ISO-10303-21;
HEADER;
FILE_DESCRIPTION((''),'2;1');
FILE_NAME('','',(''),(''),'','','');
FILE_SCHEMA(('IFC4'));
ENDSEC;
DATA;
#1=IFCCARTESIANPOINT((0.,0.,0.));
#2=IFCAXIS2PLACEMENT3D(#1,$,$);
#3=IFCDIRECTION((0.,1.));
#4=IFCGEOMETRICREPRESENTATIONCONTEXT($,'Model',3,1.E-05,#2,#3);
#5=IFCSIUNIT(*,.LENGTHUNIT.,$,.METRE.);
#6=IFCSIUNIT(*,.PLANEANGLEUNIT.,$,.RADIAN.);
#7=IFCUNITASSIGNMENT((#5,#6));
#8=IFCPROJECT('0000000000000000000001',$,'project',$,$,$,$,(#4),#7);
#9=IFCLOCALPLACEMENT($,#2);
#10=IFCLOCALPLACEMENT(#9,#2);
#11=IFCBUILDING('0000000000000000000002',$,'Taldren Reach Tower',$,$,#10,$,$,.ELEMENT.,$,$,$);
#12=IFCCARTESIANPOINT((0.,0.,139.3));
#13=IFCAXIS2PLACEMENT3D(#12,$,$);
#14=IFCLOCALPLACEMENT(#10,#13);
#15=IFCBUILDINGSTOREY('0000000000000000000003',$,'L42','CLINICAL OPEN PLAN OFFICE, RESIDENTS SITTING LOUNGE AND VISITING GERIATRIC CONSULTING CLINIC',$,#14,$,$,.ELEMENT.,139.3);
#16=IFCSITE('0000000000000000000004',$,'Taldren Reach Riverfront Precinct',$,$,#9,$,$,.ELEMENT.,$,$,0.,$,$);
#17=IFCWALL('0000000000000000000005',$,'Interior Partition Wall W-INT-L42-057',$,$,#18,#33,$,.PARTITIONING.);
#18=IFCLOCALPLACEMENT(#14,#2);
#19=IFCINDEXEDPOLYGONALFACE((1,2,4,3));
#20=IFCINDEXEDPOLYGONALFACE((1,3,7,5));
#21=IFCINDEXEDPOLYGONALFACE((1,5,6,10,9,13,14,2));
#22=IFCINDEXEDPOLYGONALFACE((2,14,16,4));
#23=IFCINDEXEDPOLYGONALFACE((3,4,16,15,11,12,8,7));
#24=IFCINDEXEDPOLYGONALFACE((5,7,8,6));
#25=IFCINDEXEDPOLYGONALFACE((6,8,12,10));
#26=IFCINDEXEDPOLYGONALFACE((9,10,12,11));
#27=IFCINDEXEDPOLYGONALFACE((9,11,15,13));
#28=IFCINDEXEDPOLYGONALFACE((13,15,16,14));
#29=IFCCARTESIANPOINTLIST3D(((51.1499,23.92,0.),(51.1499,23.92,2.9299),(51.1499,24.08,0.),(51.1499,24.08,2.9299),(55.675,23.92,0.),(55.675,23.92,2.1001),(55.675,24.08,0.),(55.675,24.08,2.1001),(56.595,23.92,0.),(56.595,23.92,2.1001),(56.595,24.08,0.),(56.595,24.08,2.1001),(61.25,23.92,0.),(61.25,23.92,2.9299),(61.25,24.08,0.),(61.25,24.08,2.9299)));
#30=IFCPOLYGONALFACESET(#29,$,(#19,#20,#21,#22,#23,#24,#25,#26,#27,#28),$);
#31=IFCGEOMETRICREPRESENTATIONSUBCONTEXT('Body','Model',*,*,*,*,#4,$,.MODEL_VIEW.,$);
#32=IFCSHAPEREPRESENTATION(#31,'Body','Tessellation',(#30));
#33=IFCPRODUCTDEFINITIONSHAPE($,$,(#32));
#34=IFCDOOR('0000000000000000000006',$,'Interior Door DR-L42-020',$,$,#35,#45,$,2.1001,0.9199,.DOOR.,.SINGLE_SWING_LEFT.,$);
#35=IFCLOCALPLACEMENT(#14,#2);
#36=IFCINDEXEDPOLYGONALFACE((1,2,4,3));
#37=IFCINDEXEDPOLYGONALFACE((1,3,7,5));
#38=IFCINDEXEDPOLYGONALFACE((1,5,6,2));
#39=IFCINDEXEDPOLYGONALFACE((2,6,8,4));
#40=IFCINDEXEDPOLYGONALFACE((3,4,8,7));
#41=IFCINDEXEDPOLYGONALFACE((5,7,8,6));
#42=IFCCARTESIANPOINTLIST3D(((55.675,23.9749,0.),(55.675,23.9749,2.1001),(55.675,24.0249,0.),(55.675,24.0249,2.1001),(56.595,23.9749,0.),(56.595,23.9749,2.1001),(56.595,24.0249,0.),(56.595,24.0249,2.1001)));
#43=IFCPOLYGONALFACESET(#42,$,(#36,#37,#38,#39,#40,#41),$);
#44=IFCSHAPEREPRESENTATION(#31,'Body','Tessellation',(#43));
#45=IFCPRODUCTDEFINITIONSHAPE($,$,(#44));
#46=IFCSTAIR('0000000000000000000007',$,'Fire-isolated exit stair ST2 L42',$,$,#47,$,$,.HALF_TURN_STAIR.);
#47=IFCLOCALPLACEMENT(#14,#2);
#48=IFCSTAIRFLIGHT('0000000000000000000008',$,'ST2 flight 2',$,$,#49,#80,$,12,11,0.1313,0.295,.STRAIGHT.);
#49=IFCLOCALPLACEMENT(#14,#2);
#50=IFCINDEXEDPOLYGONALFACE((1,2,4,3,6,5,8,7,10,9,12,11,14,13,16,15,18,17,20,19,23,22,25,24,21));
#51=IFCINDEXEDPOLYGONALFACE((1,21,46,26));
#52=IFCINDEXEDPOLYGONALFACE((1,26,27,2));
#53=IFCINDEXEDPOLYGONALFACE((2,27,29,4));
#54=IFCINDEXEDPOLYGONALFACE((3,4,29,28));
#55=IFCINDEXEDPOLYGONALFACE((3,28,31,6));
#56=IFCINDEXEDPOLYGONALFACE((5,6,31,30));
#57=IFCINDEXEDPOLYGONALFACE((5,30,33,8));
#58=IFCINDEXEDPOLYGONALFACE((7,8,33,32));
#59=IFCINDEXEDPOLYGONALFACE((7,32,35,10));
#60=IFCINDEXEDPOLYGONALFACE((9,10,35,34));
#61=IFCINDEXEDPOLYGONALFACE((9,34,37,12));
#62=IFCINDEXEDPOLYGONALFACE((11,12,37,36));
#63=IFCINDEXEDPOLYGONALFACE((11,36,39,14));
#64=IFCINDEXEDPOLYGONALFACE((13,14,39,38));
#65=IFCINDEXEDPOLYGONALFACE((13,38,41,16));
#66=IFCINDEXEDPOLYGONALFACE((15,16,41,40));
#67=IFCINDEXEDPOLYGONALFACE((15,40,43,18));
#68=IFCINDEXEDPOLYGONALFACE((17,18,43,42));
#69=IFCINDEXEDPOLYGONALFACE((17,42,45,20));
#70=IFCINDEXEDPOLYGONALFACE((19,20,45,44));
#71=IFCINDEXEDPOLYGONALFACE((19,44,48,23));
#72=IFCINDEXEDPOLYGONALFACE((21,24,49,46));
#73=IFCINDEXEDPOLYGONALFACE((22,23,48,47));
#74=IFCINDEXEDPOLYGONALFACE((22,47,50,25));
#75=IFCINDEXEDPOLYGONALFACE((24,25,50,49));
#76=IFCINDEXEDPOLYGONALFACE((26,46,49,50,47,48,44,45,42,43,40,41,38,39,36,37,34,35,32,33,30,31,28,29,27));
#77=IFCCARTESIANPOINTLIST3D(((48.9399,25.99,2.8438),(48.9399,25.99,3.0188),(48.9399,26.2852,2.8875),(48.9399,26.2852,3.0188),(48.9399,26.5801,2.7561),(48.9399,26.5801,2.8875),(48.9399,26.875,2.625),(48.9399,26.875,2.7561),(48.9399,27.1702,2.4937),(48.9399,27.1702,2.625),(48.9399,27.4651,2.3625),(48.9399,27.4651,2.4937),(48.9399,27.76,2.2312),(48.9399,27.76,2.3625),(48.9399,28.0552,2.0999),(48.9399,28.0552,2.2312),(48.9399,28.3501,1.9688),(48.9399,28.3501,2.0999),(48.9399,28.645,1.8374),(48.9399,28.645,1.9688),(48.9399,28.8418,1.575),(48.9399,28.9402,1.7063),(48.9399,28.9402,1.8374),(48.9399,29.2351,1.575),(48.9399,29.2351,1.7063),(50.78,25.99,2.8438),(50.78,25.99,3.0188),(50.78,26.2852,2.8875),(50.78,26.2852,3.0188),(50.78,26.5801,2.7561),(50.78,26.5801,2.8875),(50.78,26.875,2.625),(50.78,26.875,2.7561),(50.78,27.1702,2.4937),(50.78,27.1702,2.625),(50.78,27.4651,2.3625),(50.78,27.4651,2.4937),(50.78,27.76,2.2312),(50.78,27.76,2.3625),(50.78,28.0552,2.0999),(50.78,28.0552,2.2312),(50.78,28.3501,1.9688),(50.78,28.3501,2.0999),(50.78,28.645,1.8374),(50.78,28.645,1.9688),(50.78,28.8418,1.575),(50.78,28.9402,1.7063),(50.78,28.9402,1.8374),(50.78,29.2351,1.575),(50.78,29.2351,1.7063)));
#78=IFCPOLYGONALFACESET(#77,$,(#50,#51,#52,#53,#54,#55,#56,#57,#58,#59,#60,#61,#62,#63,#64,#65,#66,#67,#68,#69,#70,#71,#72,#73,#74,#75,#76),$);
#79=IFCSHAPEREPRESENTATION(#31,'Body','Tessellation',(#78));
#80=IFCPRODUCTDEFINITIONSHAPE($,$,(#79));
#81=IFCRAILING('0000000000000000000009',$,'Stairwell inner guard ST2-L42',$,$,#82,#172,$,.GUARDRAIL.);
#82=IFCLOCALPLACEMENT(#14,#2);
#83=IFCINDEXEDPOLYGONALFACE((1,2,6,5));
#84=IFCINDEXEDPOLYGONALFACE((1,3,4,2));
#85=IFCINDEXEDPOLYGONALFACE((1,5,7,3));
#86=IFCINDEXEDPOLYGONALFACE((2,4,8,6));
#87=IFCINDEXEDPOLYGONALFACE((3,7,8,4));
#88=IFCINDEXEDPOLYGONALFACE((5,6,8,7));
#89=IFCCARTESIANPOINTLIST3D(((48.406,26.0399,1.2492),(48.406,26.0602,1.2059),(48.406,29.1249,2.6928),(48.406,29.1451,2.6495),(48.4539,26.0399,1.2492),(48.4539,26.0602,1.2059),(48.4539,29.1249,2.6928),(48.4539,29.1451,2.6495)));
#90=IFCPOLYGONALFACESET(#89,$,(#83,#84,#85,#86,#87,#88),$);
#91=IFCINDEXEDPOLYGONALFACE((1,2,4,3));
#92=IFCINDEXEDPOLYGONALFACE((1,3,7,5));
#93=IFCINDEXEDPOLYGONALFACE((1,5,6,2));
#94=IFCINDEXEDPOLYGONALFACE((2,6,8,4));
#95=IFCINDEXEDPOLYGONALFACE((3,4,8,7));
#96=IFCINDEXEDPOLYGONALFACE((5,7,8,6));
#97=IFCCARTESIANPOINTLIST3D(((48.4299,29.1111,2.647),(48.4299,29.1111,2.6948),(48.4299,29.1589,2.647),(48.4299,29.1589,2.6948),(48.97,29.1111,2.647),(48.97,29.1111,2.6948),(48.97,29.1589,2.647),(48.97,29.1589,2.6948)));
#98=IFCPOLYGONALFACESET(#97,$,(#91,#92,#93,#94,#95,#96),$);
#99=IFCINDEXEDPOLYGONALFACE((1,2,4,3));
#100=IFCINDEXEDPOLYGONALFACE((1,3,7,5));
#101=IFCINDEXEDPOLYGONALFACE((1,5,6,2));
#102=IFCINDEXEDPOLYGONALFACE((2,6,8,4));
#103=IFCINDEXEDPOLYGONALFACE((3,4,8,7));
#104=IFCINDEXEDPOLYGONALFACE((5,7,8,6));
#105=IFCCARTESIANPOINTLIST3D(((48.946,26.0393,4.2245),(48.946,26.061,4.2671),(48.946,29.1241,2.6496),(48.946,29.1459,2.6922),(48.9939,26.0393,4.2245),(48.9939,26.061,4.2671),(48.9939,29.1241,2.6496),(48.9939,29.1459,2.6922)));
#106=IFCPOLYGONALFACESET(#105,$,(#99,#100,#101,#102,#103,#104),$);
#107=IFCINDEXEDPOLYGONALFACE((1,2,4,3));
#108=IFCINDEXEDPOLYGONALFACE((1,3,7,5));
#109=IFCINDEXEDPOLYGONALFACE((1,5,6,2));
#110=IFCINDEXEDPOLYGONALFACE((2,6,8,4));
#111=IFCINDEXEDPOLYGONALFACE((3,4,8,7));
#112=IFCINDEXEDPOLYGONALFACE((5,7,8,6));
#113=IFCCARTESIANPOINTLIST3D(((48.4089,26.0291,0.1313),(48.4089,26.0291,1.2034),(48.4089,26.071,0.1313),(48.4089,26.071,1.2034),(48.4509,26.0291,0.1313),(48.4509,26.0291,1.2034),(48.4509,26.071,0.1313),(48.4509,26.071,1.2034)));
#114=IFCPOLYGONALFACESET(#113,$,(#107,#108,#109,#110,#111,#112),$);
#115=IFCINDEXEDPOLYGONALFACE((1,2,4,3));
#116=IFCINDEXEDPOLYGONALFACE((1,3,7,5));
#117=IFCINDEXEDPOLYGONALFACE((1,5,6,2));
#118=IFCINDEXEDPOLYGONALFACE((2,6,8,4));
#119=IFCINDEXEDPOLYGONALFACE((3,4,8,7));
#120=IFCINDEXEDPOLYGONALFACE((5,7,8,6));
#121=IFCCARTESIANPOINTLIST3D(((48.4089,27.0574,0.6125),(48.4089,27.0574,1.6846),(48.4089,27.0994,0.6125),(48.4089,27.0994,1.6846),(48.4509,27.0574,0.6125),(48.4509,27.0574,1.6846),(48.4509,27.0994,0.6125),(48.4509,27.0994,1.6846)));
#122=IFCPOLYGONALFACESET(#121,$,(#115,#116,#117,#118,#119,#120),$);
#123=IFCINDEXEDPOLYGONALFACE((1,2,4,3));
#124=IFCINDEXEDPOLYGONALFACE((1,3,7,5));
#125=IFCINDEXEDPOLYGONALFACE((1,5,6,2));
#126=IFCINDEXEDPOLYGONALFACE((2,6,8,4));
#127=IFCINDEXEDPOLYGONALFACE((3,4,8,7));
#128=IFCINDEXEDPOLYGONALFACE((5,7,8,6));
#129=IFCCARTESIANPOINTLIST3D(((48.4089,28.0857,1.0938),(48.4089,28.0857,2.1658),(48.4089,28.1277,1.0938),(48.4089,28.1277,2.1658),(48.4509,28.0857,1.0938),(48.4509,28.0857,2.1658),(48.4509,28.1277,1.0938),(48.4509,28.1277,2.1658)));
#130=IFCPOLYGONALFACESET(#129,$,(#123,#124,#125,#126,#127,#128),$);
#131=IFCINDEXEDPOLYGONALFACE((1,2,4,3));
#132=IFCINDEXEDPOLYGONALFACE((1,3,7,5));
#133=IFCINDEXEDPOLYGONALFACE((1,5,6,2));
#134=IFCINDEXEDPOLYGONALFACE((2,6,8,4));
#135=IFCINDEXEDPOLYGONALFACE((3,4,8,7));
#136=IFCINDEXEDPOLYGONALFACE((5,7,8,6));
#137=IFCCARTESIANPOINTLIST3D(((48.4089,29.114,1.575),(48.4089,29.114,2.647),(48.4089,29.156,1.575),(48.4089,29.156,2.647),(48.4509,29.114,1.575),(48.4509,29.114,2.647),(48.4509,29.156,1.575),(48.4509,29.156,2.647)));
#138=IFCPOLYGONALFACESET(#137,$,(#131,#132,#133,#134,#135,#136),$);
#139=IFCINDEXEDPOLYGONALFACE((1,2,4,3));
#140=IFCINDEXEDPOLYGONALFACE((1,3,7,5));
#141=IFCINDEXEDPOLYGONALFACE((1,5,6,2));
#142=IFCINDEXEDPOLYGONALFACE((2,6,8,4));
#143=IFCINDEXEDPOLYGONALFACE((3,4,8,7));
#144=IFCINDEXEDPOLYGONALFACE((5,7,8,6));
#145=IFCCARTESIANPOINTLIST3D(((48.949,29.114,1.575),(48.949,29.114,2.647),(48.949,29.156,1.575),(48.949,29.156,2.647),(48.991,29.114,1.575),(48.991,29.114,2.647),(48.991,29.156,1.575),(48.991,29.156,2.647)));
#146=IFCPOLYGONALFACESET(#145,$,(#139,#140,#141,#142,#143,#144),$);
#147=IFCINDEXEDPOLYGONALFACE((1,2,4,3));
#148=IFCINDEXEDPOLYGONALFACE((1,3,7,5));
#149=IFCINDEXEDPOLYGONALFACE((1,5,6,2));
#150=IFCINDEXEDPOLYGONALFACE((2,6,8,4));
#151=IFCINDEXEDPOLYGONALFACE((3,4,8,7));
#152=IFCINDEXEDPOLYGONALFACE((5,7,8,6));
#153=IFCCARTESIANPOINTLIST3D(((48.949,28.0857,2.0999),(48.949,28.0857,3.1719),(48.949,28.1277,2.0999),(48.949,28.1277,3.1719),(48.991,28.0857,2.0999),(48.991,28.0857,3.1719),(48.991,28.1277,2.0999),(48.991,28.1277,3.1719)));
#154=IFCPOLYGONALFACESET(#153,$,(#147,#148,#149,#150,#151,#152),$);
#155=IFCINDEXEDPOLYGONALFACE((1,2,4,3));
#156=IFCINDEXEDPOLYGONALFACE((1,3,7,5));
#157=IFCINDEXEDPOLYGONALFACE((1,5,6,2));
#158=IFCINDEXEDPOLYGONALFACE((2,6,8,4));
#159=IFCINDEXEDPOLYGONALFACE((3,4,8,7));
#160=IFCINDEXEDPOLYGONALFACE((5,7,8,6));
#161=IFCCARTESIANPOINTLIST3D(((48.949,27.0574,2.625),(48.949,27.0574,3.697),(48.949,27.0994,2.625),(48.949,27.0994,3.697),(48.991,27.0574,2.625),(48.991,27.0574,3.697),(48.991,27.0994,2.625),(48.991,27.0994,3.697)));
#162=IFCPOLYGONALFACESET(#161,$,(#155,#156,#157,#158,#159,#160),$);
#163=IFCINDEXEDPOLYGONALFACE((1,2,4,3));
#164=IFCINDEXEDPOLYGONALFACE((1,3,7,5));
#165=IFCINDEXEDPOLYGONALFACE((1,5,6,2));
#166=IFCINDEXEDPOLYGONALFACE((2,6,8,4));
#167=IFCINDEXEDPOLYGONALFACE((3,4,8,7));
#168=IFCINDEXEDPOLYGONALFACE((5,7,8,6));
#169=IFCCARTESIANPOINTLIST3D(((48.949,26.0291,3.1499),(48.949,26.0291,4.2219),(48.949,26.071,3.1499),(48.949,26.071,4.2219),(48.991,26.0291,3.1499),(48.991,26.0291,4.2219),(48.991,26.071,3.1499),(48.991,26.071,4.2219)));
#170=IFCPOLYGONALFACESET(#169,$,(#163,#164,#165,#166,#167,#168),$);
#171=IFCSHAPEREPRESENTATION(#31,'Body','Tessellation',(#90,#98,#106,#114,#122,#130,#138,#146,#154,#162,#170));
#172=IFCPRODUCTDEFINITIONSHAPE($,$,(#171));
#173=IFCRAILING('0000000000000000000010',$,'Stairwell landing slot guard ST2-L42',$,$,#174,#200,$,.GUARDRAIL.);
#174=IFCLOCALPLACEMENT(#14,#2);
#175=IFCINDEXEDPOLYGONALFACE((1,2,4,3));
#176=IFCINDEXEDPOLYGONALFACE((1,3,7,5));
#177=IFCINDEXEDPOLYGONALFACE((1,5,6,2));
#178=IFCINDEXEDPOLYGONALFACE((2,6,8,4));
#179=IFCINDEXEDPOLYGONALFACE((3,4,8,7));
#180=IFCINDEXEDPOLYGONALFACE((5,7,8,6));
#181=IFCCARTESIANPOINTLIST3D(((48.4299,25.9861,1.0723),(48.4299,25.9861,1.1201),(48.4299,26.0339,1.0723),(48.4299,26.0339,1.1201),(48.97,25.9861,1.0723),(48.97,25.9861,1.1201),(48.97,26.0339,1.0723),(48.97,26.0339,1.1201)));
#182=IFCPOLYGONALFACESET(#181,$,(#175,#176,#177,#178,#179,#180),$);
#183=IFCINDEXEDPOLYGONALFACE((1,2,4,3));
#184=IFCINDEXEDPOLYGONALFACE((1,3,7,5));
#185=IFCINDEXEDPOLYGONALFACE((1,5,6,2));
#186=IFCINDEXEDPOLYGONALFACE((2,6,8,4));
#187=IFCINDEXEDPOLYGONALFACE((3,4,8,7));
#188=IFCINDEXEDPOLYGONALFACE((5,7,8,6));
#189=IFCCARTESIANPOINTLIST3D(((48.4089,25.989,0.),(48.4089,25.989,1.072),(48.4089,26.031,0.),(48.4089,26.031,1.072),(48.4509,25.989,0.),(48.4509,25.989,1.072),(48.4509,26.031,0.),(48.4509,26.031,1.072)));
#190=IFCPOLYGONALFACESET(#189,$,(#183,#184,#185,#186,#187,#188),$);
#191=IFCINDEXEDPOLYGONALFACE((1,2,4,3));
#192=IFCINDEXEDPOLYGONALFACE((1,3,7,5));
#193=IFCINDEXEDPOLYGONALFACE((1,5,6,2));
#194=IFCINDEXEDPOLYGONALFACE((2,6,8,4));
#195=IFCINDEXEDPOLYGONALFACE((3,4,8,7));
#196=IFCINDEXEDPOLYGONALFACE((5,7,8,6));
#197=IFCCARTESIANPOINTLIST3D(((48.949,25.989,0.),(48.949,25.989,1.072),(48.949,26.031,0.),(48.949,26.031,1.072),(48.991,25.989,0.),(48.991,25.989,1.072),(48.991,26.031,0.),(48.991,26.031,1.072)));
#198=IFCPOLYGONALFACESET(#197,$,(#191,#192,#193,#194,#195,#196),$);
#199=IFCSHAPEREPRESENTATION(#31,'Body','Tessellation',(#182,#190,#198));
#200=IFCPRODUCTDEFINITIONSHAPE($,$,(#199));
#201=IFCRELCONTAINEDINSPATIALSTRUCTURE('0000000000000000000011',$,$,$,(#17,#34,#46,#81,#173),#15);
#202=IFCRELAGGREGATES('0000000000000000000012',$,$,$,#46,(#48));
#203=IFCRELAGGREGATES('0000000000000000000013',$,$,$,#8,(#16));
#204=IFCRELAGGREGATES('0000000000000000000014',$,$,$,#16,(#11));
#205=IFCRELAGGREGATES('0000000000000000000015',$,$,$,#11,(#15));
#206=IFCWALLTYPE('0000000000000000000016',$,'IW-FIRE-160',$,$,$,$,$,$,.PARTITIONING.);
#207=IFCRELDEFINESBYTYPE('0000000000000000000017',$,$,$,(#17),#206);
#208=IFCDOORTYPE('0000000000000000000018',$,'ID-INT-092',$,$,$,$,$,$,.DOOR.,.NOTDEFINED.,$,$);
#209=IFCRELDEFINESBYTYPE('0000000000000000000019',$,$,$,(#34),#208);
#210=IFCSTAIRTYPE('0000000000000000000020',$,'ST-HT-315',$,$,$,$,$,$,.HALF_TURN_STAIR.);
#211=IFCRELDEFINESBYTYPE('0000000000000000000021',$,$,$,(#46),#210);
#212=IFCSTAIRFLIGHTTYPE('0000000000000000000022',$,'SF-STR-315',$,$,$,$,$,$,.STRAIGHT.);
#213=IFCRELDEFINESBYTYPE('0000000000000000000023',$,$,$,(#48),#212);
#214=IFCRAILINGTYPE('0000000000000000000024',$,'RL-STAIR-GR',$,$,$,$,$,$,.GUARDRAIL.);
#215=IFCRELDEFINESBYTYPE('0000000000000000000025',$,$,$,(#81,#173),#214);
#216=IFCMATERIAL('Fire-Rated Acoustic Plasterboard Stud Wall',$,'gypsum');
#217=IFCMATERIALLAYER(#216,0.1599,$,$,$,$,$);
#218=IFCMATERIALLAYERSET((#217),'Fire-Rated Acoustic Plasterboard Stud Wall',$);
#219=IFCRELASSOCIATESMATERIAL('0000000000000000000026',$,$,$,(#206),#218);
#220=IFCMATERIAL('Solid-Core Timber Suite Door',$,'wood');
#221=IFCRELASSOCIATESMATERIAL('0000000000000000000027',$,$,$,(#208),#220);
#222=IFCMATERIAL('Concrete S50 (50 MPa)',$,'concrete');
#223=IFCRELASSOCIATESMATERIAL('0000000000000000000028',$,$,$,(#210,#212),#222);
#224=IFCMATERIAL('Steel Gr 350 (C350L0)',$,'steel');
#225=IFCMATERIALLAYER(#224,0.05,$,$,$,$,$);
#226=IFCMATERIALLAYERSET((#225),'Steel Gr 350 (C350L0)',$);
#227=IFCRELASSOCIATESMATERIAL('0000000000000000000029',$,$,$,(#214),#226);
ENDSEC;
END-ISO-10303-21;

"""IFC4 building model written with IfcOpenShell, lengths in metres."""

from ifc_helpers import new_model, si_unit, direction, frame, frame_2d, origin, origin_2d, place, context, subcontext, project, spatial, polyline, rectangle, outline, extrude, source, transform, mapped, material, layer, layer_set, type_object, element, fill, aggregate, save


model = new_model("IFC4")

# Units and contexts
model_context = context("Model", 3, precision=1e-05, world=origin(), true_north=direction((0.0, 1.0)))
body_context = subcontext(model_context, "Body", "Model", "MODEL_VIEW")
ifc_project = project(units=[si_unit("LENGTHUNIT", "METRE"), si_unit("PLANEANGLEUNIT", "RADIAN")], contexts=[model_context])

# Site, building, storey
site_placement = place(None, origin())
site = spatial("IfcSite", under=ifc_project, at=site_placement, Name="Taldren Reach Riverfront Precinct", CompositionType="ELEMENT", RefElevation=0.0)
building_placement = place(site_placement, origin())
building = spatial("IfcBuilding", under=site, at=building_placement, Name="Taldren Reach Tower", CompositionType="ELEMENT")
storey_placement = place(building_placement, frame((0.0, 0.0, 139.3)))
storey = spatial("IfcBuildingStorey", under=building, at=storey_placement, Name="L42", Description="CLINICAL OPEN PLAN OFFICE, RESIDENTS SITTING LOUNGE AND VISITING GERIATRIC CONSULTING CLINIC", CompositionType="ELEMENT", Elevation=139.3)

# Shared definitions
ifc_material_1 = material(Name="Steel Gr 350 (C350L0)", Category="steel")

# Wall, opening, door
ifc_material_2 = material(Name="Fire-Rated Acoustic Plasterboard Stud Wall", Category="gypsum")
ifc_layer_1 = layer(ifc_material_2, 0.1599)
ifc_layer_set_1 = layer_set([ifc_layer_1], Name="Fire-Rated Acoustic Plasterboard Stud Wall")
wall_type_1 = type_object("IfcWallType", Name="IW-FIRE-160", PredefinedType="PARTITIONING", material=ifc_layer_set_1)
shared_shape_1 = source(origin(), body_context, "Body", "SweptSolid", [
    extrude(rectangle(XDim=10.1001, YDim=0.1599, at=frame_2d((5.05, 0.0))), origin(), (0.0, 0.0, 1.0), 2.9299),
])
wall_1_placement = place(storey_placement, frame((51.1499, 24.0, 0.0), z_axis=(0.0, 0.0, 1.0), x_axis=(1.0, 0.0, 0.0)))
wall_1 = element("IfcWall", 1, at=wall_1_placement, inside=storey, type_object=wall_type_1, Name="Interior Partition Wall W-INT-L42-057", PredefinedType="PARTITIONING", context=body_context, shape_type="MappedRepresentation", body=[
    mapped(shared_shape_1, transform((0.0, 0.0, 0.0), scale=1.0)),
])
shared_shape_2 = source(origin(), body_context, "Body", "SweptSolid", [
    extrude(rectangle(XDim=0.9199, YDim=2.1001, at=frame_2d((0.46, 1.05))), frame((0.0, 0.0898, 0.0), z_axis=(0.0, -1.0, 0.0), x_axis=(1.0, 0.0, 0.0)), (0.0, 0.0, 1.0), 0.1799),
])
opening_placement = place(wall_1_placement, frame((4.5251, 0.0, 0.0)))
opening = element("IfcOpeningElement", 2, at=opening_placement, cuts=wall_1, PredefinedType="OPENING", context=body_context, shape_type="MappedRepresentation", body=[
    mapped(shared_shape_2, transform((0.0, 0.0, 0.0), scale=1.0)),
])
ifc_material_3 = material(Name="Solid-Core Timber Suite Door", Category="wood")
door_type = type_object("IfcDoorType", Name="ID-INT-092", OperationType="NOTDEFINED", PredefinedType="DOOR", material=ifc_material_3)
shared_shape_3 = source(origin(), body_context, "Body", "SweptSolid", [
    extrude(rectangle(XDim=0.9199, YDim=2.1001, at=frame_2d((0.46, 1.05))), frame((0.0, 0.0249, 0.0), z_axis=(0.0, -1.0, 0.0), x_axis=(1.0, 0.0, 0.0)), (0.0, 0.0, 1.0), 0.05),
])
door_placement = place(opening_placement, origin())
door = element("IfcDoor", 3, at=door_placement, inside=storey, type_object=door_type, Name="Interior Door DR-L42-020", OperationType="SINGLE_SWING_LEFT", OverallHeight=2.1001, OverallWidth=0.9199, PredefinedType="DOOR", context=body_context, shape_type="MappedRepresentation", body=[
    mapped(shared_shape_3, transform((0.0, 0.0, 0.0), scale=1.0)),
])
fill(opening, door)

# Stair, stair flight
ifc_material_4 = material(Name="Concrete S50 (50 MPa)", Category="concrete")
stair_type = type_object("IfcStairType", Name="ST-HT-315", PredefinedType="HALF_TURN_STAIR", material=ifc_material_4)
stair_placement = place(storey_placement, origin())
stair = element("IfcStair", 4, at=stair_placement, inside=storey, type_object=stair_type, Name="Fire-isolated exit stair ST2 L42", PredefinedType="HALF_TURN_STAIR")
stair_flight_type = type_object("IfcStairFlightType", Name="SF-STR-315", PredefinedType="STRAIGHT", material=ifc_material_4)
stair_flight_placement = place(storey_placement, frame((49.8601, 29.2351, 1.575), z_axis=(0.0, 0.0, 1.0), x_axis=(0.0, -1.0, 0.0)))
stair_flight = element("IfcStairFlight", 5, at=stair_flight_placement, type_object=stair_flight_type, Name="ST2 flight 2", NumberOfRisers=12, NumberOfTreads=11, PredefinedType="STRAIGHT", RiserHeight=0.1313, TreadLength=0.295, context=body_context, shape_type="SweptSolid", body=[
    extrude(outline(polyline([(0.0, 0.0), (0.0, 0.1313), (0.2949, 0.1313), (0.2949, 0.2625), (0.5901, 0.2625), (0.5901, 0.3938), (0.885, 0.3938), (0.885, 0.5249), (1.1799, 0.5249), (1.1799, 0.6562), (1.4751, 0.6562), (1.4751, 0.7876), (1.77, 0.7876), (1.77, 0.9187), (2.0649, 0.9187), (2.0649, 1.05), (2.3601, 1.05), (2.3601, 1.1812), (2.655, 1.1812), (2.655, 1.3125), (2.95, 1.3125), (2.95, 1.4438), (3.2451, 1.4438), (3.2451, 1.575), (3.2451, 1.2688), (0.3933, 0.0), (0.0, 0.0)])), frame((0.0, 0.9199, 0.0), z_axis=(0.0, -1.0, 0.0), x_axis=(1.0, 0.0, 0.0)), (0.0, 0.0, 1.0), 1.8401),
])
aggregate(stair, [stair_flight])

# Railings
ifc_layer_2 = layer(ifc_material_1, 0.05)
ifc_layer_set_2 = layer_set([ifc_layer_2], Name="Steel Gr 350 (C350L0)")
railing_type_1 = type_object("IfcRailingType", Name="RL-STAIR-GR", PredefinedType="GUARDRAIL", material=ifc_layer_set_2)
railing_1_placement = place(storey_placement, frame((48.4299, 26.05, 0.1313)))
element("IfcRailing", 6, at=railing_1_placement, inside=storey, type_object=railing_type_1, Name="Stairwell inner guard ST2-L42", PredefinedType="GUARDRAIL", context=body_context, shape_type="SweptSolid", body=[
    extrude(rectangle(XDim=0.0479, YDim=0.0479, at=origin_2d()), frame((0.0, 0.0, 1.0962), z_axis=(0.0, 0.905738, 0.423839), x_axis=(-1.0, 0.0, 0.0)), (0.0, 0.0, 1.0), 3.406),
    extrude(rectangle(XDim=0.0479, YDim=0.0479, at=origin_2d()), frame((0.0, 3.085, 2.5396), z_axis=(1.0, 0.0, 0.0), x_axis=(0.0, 1.0, 0.0)), (0.0, 0.0, 1.0), 0.54),
    extrude(rectangle(XDim=0.0479, YDim=0.0479, at=origin_2d()), frame((0.54, 3.085, 2.5396), z_axis=(0.0, -0.890646, 0.454697), x_axis=(1.0, 0.0, 0.0)), (0.0, 0.0, 1.0), 3.4636),
    extrude(rectangle(XDim=0.042, YDim=0.042, at=origin_2d()), origin(), (0.0, 0.0, 1.0), 1.072),
    extrude(rectangle(XDim=0.042, YDim=0.042, at=origin_2d()), frame((0.0, 1.0283, 0.4812)), (0.0, 0.0, 1.0), 1.072),
    extrude(rectangle(XDim=0.042, YDim=0.042, at=origin_2d()), frame((0.0, 2.0566, 0.9624)), (0.0, 0.0, 1.0), 1.072),
    extrude(rectangle(XDim=0.042, YDim=0.042, at=origin_2d()), frame((0.0, 3.085, 1.4436)), (0.0, 0.0, 1.0), 1.072),
    extrude(rectangle(XDim=0.042, YDim=0.042, at=origin_2d()), frame((0.54, 3.085, 1.4436)), (0.0, 0.0, 1.0), 1.072),
    extrude(rectangle(XDim=0.042, YDim=0.042, at=origin_2d()), frame((0.54, 2.0566, 1.9685)), (0.0, 0.0, 1.0), 1.072),
    extrude(rectangle(XDim=0.042, YDim=0.042, at=origin_2d()), frame((0.54, 1.0283, 2.4937)), (0.0, 0.0, 1.0), 1.072),
    extrude(rectangle(XDim=0.042, YDim=0.042, at=origin_2d()), frame((0.54, 0.0, 3.0186)), (0.0, 0.0, 1.0), 1.072),
])
railing_2_placement = place(storey_placement, frame((48.4299, 26.01, 0.0)))
element("IfcRailing", 7, at=railing_2_placement, inside=storey, type_object=railing_type_1, Name="Stairwell landing slot guard ST2-L42", PredefinedType="GUARDRAIL", context=body_context, shape_type="SweptSolid", body=[
    extrude(rectangle(XDim=0.0479, YDim=0.0479, at=origin_2d()), frame((0.0, 0.0, 1.0962), z_axis=(1.0, 0.0, 0.0), x_axis=(0.0, 1.0, 0.0)), (0.0, 0.0, 1.0), 0.54),
    extrude(rectangle(XDim=0.042, YDim=0.042, at=origin_2d()), origin(), (0.0, 0.0, 1.0), 1.072),
    extrude(rectangle(XDim=0.042, YDim=0.042, at=origin_2d()), frame((0.54, 0.0, 0.0)), (0.0, 0.0, 1.0), 1.072),
])

save(model, "model.ifc")
